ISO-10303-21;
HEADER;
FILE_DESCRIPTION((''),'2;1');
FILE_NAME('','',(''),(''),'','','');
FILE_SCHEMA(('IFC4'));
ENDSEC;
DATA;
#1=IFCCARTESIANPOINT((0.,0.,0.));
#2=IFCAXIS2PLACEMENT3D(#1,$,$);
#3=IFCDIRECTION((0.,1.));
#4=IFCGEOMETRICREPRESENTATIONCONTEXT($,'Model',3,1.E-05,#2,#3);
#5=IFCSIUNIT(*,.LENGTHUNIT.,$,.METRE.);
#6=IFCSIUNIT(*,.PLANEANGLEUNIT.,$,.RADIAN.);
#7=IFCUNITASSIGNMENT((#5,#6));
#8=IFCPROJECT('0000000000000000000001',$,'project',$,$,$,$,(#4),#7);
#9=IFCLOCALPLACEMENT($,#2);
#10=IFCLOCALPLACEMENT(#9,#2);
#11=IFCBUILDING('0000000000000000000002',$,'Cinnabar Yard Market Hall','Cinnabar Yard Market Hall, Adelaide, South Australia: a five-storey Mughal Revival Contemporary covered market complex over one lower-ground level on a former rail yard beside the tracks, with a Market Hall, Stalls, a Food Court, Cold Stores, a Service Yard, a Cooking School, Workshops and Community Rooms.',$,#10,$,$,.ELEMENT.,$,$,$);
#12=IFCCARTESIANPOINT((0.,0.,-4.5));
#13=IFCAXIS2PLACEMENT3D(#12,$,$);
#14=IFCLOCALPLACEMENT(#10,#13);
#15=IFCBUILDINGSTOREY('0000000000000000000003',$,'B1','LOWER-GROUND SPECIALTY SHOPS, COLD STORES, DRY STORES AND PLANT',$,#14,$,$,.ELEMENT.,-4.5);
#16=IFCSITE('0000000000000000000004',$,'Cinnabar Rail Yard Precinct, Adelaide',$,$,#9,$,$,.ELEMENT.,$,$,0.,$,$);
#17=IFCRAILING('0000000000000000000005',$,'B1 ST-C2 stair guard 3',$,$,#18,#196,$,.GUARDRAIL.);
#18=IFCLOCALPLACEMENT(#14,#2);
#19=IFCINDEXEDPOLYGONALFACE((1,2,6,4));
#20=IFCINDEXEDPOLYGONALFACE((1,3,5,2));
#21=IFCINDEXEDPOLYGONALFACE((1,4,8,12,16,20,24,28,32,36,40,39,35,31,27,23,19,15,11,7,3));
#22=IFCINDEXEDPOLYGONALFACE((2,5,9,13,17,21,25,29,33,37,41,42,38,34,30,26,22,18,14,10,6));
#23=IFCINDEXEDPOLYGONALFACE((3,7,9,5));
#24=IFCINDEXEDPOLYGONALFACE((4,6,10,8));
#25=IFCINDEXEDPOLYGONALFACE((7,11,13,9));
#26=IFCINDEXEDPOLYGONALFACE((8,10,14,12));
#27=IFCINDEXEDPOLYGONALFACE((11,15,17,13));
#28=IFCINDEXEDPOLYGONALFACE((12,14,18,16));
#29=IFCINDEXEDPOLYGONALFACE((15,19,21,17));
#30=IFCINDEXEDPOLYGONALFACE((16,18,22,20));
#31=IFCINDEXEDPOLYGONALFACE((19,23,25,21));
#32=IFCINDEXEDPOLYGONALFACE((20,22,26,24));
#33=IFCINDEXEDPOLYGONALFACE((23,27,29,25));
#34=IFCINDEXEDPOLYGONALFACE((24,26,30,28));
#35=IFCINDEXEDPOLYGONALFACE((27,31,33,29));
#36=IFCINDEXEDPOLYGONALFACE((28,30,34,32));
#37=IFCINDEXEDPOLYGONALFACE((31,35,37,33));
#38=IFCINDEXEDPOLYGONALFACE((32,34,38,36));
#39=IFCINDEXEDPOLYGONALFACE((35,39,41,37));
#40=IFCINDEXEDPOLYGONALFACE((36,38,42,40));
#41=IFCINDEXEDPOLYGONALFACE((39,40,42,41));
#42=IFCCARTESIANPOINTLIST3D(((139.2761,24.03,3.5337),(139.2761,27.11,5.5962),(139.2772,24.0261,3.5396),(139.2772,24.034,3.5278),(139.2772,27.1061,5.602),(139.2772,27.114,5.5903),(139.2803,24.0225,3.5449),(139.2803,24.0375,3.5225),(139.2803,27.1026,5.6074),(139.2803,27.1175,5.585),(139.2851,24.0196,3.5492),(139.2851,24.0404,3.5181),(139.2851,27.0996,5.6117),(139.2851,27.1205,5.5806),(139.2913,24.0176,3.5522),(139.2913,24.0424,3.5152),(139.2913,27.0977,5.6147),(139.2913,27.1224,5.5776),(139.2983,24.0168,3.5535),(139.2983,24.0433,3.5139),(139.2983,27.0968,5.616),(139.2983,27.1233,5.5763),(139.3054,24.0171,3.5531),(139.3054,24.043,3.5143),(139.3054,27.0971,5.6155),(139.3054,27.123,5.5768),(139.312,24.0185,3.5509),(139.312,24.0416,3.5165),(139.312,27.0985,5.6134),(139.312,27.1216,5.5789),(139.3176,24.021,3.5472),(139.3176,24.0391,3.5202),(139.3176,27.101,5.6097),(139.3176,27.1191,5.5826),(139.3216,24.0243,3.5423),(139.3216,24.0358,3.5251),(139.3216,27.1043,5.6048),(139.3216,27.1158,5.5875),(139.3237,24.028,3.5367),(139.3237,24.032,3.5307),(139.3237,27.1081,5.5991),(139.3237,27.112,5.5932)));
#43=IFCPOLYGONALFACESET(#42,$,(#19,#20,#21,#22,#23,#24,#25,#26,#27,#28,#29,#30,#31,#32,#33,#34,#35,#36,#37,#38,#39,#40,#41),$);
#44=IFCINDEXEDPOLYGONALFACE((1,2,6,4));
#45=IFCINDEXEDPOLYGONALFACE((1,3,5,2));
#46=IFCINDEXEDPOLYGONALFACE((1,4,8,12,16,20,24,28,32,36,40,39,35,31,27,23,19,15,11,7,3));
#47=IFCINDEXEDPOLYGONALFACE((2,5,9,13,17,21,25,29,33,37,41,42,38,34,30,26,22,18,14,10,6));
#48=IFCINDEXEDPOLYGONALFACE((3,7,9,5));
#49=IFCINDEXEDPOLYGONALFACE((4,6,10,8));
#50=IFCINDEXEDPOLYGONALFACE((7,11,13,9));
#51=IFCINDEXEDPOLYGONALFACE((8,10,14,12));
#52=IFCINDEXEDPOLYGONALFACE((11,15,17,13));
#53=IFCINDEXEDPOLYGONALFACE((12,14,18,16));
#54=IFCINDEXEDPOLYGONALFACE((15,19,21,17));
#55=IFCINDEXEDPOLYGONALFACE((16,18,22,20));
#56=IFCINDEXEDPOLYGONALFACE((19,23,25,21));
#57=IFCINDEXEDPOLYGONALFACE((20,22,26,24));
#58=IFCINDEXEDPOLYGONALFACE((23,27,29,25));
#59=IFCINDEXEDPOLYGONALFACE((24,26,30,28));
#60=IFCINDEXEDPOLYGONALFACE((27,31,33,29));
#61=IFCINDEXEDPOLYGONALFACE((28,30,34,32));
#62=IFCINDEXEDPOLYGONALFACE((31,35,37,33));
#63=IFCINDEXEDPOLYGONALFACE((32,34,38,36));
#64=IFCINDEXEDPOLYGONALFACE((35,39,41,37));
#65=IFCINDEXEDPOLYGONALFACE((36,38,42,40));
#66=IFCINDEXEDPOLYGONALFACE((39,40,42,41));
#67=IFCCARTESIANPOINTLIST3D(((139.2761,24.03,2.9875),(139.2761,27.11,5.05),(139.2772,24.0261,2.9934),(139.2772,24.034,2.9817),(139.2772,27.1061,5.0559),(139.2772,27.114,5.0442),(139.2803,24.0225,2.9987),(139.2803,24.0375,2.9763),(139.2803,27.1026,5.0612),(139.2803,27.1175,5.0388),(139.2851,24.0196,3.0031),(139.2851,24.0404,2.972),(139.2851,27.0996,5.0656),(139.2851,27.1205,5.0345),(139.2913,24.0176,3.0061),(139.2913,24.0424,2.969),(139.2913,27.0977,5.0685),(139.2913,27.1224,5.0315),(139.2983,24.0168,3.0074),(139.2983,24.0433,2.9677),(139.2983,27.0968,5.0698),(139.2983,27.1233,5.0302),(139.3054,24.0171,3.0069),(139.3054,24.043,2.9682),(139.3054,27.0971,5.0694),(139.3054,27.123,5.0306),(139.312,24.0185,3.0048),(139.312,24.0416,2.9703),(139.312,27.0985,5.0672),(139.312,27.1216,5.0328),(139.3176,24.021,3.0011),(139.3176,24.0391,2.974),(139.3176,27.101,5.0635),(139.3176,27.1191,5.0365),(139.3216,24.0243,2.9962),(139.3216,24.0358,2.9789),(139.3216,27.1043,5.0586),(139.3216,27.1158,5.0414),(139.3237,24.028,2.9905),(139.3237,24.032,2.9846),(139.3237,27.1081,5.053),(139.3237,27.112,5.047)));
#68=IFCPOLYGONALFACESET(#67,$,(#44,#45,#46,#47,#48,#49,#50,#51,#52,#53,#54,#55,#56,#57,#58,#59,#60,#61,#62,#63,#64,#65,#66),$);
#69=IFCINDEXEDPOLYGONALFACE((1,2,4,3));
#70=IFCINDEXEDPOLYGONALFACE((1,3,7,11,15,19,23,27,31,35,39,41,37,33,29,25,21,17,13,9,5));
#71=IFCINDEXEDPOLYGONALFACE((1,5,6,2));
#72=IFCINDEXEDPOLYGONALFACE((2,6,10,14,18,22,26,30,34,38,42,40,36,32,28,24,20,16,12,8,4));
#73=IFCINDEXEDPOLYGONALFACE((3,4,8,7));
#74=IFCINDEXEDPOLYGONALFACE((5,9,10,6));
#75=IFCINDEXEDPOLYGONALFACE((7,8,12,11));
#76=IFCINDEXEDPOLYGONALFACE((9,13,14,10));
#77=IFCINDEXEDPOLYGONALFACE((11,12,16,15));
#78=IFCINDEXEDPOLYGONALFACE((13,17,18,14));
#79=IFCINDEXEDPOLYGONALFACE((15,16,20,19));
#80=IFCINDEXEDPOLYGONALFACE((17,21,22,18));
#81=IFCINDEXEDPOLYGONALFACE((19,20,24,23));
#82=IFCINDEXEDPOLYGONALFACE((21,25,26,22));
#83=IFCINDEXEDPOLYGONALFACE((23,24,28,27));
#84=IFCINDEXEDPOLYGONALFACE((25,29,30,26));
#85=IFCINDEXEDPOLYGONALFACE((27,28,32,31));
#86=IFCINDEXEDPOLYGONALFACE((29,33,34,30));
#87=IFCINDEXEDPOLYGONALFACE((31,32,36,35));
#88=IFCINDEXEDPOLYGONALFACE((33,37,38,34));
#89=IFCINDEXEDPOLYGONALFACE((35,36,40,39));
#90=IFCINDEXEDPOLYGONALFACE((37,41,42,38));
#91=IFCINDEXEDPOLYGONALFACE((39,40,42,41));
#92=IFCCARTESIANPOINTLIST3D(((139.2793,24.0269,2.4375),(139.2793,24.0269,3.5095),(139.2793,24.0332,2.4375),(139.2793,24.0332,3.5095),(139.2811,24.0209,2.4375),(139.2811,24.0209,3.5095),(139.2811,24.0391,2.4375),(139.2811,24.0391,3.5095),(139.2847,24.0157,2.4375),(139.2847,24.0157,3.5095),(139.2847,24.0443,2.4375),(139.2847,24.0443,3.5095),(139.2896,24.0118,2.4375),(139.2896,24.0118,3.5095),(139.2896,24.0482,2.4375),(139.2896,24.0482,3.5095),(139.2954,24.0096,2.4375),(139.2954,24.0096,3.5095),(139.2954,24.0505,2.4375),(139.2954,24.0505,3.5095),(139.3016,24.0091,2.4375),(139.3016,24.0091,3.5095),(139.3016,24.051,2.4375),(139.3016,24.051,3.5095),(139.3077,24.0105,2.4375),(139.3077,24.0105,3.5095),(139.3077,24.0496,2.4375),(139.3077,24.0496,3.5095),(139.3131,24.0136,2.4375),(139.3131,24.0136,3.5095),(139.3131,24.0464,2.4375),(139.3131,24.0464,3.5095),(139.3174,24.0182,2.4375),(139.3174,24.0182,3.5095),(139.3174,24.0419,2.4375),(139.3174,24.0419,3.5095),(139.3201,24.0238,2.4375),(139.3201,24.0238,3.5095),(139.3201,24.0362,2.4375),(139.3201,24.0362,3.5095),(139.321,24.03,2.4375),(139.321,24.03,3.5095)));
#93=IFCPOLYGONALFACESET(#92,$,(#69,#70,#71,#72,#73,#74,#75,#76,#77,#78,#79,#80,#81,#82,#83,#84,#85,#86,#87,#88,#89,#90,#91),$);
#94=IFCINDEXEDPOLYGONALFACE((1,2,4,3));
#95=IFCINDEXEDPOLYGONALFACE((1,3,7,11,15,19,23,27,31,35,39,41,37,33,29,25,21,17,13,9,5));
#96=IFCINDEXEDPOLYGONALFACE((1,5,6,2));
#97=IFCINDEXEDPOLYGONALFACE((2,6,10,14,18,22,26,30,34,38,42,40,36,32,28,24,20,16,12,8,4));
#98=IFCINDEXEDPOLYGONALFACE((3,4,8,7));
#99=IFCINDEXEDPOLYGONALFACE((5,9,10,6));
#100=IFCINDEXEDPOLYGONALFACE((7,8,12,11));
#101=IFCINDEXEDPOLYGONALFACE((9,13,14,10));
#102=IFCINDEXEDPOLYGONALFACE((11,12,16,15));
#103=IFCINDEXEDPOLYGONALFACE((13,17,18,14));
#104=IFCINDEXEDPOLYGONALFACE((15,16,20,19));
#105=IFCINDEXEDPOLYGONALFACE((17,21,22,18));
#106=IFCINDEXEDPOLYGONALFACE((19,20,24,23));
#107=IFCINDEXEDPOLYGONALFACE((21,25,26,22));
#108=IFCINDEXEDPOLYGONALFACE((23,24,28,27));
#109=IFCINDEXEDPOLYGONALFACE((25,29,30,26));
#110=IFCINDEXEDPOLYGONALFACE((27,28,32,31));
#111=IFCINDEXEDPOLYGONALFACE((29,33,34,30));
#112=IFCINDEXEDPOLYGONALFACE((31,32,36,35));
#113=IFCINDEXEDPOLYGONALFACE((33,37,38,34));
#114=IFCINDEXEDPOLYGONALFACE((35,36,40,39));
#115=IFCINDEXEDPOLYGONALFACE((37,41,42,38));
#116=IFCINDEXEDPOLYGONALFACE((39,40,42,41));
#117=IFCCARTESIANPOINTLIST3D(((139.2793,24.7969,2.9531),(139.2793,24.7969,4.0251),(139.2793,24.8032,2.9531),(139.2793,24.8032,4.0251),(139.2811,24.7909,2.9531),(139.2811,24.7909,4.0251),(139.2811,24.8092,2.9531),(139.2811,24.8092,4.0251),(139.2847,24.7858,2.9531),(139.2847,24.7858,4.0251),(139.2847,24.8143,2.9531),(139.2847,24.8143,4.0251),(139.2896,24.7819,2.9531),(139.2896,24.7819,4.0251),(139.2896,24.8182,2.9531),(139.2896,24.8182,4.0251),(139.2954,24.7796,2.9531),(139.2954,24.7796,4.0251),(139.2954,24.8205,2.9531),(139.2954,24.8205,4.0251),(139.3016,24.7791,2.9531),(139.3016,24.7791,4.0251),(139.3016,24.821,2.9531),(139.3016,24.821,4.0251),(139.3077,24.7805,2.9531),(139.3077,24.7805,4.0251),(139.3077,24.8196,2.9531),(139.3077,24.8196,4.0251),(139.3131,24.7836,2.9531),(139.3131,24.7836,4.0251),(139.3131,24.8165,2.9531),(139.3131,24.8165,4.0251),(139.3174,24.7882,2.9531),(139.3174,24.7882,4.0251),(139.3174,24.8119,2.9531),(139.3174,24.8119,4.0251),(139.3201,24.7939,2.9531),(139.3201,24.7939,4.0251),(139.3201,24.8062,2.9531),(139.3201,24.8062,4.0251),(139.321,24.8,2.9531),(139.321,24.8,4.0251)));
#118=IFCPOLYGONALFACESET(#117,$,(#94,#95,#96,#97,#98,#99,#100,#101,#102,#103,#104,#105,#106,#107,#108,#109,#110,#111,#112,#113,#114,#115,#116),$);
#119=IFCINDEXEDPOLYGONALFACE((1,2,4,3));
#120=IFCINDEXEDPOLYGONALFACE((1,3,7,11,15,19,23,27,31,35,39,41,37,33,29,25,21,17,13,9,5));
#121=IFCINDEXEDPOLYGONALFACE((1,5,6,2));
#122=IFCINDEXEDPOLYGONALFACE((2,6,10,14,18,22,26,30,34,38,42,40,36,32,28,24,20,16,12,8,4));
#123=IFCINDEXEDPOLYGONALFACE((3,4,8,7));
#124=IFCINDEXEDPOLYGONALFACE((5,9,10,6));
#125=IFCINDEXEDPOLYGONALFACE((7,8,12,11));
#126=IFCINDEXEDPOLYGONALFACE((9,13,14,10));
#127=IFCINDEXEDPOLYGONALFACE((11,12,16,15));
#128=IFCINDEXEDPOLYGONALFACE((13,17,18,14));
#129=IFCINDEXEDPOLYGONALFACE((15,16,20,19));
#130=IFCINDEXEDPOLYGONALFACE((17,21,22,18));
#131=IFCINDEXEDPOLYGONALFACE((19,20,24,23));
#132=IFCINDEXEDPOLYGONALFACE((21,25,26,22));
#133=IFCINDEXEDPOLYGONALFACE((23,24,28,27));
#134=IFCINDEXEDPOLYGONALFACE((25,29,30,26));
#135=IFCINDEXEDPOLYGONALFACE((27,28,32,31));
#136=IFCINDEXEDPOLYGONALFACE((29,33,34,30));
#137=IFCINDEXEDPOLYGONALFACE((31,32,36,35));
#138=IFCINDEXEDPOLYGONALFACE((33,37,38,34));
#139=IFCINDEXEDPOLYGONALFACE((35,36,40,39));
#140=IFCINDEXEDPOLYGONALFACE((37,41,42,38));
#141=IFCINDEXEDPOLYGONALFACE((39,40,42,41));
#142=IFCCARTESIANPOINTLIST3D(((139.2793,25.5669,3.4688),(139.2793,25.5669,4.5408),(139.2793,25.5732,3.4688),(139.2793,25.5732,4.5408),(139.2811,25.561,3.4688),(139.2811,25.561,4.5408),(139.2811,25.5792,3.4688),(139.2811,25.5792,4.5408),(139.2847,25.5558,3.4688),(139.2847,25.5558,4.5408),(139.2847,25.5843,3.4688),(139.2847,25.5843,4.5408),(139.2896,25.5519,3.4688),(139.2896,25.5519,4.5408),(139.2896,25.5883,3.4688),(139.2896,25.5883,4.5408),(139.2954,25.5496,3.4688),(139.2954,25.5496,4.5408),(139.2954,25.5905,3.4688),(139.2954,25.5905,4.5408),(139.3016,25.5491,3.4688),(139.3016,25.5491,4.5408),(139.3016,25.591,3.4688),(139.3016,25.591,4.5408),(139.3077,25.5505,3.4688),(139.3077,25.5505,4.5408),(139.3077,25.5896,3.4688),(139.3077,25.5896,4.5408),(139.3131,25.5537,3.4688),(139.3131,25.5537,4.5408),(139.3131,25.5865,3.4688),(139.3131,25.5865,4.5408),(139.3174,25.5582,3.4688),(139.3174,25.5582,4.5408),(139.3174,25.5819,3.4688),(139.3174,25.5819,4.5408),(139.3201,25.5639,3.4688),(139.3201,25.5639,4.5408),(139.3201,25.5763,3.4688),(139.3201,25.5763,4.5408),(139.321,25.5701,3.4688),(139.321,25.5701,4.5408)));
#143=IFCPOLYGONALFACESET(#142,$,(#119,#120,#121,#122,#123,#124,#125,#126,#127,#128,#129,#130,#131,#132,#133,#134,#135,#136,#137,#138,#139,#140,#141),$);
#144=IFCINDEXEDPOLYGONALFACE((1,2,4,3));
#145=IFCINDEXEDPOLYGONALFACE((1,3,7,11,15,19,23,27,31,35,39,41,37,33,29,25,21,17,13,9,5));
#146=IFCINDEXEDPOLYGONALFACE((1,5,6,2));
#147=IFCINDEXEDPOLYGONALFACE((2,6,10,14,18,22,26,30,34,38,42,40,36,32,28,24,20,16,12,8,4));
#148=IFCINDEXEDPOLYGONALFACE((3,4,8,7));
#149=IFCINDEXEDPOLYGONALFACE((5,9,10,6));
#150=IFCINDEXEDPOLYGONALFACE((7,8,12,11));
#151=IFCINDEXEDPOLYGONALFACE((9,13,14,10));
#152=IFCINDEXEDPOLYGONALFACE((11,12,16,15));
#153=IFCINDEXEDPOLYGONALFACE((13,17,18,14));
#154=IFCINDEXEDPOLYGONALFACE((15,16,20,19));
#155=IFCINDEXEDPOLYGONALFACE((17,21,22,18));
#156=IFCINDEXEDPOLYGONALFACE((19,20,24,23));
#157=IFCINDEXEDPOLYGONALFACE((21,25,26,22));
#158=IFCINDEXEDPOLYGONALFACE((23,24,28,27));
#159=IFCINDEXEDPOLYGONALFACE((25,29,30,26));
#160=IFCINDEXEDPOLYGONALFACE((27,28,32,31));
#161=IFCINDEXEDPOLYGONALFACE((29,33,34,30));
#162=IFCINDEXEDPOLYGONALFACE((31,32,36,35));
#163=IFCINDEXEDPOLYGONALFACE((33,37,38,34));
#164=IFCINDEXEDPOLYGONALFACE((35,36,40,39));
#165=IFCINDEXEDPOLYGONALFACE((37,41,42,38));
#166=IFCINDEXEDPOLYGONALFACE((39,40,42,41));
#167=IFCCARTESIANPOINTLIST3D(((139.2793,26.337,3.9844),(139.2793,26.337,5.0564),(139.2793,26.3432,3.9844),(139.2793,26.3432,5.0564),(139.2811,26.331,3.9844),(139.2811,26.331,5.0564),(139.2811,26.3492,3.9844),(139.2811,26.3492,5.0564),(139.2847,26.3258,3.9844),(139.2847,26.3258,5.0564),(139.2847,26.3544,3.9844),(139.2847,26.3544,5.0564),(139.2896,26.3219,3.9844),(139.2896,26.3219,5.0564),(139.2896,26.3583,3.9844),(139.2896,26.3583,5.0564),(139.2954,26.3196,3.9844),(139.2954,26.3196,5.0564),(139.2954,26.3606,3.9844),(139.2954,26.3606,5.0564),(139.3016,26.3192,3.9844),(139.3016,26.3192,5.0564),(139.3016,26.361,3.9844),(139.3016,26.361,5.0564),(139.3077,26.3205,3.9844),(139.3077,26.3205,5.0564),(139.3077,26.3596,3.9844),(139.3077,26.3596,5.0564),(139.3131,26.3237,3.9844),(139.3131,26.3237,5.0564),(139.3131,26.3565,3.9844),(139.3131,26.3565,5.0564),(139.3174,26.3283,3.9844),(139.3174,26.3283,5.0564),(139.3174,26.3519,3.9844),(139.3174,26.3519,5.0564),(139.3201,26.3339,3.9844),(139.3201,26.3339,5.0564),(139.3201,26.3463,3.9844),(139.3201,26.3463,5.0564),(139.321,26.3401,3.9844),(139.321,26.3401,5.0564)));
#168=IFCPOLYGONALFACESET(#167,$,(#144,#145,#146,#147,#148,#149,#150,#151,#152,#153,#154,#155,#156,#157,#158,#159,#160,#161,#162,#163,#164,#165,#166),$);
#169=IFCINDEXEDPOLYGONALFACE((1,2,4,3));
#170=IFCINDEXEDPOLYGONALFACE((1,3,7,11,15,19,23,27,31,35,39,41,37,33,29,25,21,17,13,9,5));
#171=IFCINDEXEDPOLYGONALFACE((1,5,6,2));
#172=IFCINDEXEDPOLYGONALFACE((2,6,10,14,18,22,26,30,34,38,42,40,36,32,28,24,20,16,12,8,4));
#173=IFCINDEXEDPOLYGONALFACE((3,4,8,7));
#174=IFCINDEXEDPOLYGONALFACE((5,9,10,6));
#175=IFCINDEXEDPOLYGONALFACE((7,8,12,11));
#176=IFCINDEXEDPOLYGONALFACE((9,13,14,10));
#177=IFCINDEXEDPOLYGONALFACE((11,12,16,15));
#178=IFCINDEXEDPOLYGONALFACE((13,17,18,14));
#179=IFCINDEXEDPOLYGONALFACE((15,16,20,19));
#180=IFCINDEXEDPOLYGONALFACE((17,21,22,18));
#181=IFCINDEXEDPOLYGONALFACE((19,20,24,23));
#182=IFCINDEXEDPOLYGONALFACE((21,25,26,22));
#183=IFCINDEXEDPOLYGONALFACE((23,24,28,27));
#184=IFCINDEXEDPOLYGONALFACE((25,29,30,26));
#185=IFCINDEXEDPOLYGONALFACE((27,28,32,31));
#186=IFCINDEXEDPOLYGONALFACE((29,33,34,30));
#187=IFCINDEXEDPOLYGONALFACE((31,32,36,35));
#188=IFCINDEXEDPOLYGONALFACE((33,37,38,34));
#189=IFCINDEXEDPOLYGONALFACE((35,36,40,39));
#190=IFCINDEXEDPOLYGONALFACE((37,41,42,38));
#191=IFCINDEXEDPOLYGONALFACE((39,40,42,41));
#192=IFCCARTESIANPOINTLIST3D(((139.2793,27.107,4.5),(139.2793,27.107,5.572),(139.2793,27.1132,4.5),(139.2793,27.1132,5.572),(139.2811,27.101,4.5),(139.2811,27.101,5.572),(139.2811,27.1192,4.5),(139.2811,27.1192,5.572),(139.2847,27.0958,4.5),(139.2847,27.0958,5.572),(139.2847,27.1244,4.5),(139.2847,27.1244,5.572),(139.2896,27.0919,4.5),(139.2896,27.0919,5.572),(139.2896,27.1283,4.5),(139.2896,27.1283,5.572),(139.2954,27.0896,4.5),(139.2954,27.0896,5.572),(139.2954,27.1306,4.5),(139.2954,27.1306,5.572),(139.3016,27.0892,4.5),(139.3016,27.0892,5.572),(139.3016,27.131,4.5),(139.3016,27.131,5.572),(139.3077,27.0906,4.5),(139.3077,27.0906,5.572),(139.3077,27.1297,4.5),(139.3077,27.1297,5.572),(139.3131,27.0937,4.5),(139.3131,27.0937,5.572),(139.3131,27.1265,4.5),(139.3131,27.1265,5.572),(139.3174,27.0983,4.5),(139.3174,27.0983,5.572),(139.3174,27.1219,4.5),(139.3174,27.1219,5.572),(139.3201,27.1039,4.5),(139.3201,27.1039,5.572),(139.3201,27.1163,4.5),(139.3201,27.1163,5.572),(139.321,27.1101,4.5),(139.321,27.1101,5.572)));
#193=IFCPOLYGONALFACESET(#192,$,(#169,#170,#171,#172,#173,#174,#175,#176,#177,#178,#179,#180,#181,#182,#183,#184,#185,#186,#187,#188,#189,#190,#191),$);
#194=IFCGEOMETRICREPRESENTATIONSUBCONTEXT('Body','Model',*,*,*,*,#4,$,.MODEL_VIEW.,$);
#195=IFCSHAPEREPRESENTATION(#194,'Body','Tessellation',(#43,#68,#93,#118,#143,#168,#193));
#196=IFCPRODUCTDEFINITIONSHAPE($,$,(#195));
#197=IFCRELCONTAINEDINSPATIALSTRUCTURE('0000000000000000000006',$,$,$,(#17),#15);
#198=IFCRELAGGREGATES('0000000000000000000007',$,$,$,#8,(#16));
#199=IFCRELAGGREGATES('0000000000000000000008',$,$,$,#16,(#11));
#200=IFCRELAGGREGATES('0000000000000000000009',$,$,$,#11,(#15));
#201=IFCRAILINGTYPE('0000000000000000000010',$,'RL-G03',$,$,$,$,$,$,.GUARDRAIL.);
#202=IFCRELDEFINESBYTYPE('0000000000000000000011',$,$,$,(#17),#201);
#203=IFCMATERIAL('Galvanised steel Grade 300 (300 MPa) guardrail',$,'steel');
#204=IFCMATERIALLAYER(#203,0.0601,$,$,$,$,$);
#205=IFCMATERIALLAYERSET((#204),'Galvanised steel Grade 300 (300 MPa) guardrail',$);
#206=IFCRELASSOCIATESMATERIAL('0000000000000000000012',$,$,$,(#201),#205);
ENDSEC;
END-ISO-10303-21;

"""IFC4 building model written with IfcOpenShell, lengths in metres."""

from ifc_helpers import new_model, si_unit, direction, frame, origin, origin_2d_with_axis, place, context, subcontext, project, spatial, circle, extrude, material, layer, layer_set, type_object, element, save


model = new_model("IFC4")

# Units and contexts
model_context = context("Model", 3, precision=1e-05, world=origin(), true_north=direction((0.0, 1.0)))
body_context = subcontext(model_context, "Body", "Model", "MODEL_VIEW")
ifc_project = project(units=[si_unit("LENGTHUNIT", "METRE"), si_unit("PLANEANGLEUNIT", "RADIAN")], contexts=[model_context])

# Site, building, storey
site_placement = place(None, origin())
site = spatial("IfcSite", under=ifc_project, at=site_placement, Name="Cinnabar Rail Yard Precinct, Adelaide", CompositionType="ELEMENT", RefElevation=0.0)
building_placement = place(site_placement, origin())
building = spatial("IfcBuilding", under=site, at=building_placement, Name="Cinnabar Yard Market Hall", Description="Cinnabar Yard Market Hall, Adelaide, South Australia: a five-storey Mughal Revival Contemporary covered market complex over one lower-ground level on a former rail yard beside the tracks, with a Market Hall, Stalls, a Food Court, Cold Stores, a Service Yard, a Cooking School, Workshops and Community Rooms.", CompositionType="ELEMENT")
storey_placement = place(building_placement, frame((0.0, 0.0, -4.5)))
storey = spatial("IfcBuildingStorey", under=building, at=storey_placement, Name="B1", Description="LOWER-GROUND SPECIALTY SHOPS, COLD STORES, DRY STORES AND PLANT", CompositionType="ELEMENT", Elevation=-4.5)

# Railing
ifc_material_1 = material(Name="Galvanised steel Grade 300 (300 MPa) guardrail", Category="steel")
ifc_layer_1 = layer(ifc_material_1, 0.0601)
ifc_layer_set_1 = layer_set([ifc_layer_1], Name="Galvanised steel Grade 300 (300 MPa) guardrail")
railing_type_1 = type_object("IfcRailingType", Name="RL-G03", PredefinedType="GUARDRAIL", material=ifc_layer_set_1)
railing_1_placement = place(storey_placement, frame((139.3, 24.03, 2.4375)))
element("IfcRailing", 1, at=railing_1_placement, inside=storey, type_object=railing_type_1, Name="B1 ST-C2 stair guard 3", PredefinedType="GUARDRAIL", context=body_context, shape_type="SweptSolid", body=[
    extrude(circle(Radius=0.0239, at=origin_2d_with_axis()), frame((0.0, 0.0, 1.0962), z_axis=(0.0, 0.830914, 0.556401), x_axis=(-1.0, 0.0, 0.0)), (0.0, 0.0, 1.0), 3.7068),
    extrude(circle(Radius=0.0239, at=origin_2d_with_axis()), frame((0.0, 0.0, 0.55), z_axis=(0.0, 0.830914, 0.556401), x_axis=(-1.0, 0.0, 0.0)), (0.0, 0.0, 1.0), 3.7068),
    extrude(circle(Radius=0.021, at=origin_2d_with_axis()), origin(), (0.0, 0.0, 1.0), 1.072),
    extrude(circle(Radius=0.021, at=origin_2d_with_axis()), frame((0.0, 0.77, 0.5156)), (0.0, 0.0, 1.0), 1.072),
    extrude(circle(Radius=0.021, at=origin_2d_with_axis()), frame((0.0, 1.54, 1.0312)), (0.0, 0.0, 1.0), 1.072),
    extrude(circle(Radius=0.021, at=origin_2d_with_axis()), frame((0.0, 2.3101, 1.5469)), (0.0, 0.0, 1.0), 1.072),
    extrude(circle(Radius=0.021, at=origin_2d_with_axis()), frame((0.0, 3.0801, 2.0625)), (0.0, 0.0, 1.0), 1.072),
])

save(model, "model.ifc")
